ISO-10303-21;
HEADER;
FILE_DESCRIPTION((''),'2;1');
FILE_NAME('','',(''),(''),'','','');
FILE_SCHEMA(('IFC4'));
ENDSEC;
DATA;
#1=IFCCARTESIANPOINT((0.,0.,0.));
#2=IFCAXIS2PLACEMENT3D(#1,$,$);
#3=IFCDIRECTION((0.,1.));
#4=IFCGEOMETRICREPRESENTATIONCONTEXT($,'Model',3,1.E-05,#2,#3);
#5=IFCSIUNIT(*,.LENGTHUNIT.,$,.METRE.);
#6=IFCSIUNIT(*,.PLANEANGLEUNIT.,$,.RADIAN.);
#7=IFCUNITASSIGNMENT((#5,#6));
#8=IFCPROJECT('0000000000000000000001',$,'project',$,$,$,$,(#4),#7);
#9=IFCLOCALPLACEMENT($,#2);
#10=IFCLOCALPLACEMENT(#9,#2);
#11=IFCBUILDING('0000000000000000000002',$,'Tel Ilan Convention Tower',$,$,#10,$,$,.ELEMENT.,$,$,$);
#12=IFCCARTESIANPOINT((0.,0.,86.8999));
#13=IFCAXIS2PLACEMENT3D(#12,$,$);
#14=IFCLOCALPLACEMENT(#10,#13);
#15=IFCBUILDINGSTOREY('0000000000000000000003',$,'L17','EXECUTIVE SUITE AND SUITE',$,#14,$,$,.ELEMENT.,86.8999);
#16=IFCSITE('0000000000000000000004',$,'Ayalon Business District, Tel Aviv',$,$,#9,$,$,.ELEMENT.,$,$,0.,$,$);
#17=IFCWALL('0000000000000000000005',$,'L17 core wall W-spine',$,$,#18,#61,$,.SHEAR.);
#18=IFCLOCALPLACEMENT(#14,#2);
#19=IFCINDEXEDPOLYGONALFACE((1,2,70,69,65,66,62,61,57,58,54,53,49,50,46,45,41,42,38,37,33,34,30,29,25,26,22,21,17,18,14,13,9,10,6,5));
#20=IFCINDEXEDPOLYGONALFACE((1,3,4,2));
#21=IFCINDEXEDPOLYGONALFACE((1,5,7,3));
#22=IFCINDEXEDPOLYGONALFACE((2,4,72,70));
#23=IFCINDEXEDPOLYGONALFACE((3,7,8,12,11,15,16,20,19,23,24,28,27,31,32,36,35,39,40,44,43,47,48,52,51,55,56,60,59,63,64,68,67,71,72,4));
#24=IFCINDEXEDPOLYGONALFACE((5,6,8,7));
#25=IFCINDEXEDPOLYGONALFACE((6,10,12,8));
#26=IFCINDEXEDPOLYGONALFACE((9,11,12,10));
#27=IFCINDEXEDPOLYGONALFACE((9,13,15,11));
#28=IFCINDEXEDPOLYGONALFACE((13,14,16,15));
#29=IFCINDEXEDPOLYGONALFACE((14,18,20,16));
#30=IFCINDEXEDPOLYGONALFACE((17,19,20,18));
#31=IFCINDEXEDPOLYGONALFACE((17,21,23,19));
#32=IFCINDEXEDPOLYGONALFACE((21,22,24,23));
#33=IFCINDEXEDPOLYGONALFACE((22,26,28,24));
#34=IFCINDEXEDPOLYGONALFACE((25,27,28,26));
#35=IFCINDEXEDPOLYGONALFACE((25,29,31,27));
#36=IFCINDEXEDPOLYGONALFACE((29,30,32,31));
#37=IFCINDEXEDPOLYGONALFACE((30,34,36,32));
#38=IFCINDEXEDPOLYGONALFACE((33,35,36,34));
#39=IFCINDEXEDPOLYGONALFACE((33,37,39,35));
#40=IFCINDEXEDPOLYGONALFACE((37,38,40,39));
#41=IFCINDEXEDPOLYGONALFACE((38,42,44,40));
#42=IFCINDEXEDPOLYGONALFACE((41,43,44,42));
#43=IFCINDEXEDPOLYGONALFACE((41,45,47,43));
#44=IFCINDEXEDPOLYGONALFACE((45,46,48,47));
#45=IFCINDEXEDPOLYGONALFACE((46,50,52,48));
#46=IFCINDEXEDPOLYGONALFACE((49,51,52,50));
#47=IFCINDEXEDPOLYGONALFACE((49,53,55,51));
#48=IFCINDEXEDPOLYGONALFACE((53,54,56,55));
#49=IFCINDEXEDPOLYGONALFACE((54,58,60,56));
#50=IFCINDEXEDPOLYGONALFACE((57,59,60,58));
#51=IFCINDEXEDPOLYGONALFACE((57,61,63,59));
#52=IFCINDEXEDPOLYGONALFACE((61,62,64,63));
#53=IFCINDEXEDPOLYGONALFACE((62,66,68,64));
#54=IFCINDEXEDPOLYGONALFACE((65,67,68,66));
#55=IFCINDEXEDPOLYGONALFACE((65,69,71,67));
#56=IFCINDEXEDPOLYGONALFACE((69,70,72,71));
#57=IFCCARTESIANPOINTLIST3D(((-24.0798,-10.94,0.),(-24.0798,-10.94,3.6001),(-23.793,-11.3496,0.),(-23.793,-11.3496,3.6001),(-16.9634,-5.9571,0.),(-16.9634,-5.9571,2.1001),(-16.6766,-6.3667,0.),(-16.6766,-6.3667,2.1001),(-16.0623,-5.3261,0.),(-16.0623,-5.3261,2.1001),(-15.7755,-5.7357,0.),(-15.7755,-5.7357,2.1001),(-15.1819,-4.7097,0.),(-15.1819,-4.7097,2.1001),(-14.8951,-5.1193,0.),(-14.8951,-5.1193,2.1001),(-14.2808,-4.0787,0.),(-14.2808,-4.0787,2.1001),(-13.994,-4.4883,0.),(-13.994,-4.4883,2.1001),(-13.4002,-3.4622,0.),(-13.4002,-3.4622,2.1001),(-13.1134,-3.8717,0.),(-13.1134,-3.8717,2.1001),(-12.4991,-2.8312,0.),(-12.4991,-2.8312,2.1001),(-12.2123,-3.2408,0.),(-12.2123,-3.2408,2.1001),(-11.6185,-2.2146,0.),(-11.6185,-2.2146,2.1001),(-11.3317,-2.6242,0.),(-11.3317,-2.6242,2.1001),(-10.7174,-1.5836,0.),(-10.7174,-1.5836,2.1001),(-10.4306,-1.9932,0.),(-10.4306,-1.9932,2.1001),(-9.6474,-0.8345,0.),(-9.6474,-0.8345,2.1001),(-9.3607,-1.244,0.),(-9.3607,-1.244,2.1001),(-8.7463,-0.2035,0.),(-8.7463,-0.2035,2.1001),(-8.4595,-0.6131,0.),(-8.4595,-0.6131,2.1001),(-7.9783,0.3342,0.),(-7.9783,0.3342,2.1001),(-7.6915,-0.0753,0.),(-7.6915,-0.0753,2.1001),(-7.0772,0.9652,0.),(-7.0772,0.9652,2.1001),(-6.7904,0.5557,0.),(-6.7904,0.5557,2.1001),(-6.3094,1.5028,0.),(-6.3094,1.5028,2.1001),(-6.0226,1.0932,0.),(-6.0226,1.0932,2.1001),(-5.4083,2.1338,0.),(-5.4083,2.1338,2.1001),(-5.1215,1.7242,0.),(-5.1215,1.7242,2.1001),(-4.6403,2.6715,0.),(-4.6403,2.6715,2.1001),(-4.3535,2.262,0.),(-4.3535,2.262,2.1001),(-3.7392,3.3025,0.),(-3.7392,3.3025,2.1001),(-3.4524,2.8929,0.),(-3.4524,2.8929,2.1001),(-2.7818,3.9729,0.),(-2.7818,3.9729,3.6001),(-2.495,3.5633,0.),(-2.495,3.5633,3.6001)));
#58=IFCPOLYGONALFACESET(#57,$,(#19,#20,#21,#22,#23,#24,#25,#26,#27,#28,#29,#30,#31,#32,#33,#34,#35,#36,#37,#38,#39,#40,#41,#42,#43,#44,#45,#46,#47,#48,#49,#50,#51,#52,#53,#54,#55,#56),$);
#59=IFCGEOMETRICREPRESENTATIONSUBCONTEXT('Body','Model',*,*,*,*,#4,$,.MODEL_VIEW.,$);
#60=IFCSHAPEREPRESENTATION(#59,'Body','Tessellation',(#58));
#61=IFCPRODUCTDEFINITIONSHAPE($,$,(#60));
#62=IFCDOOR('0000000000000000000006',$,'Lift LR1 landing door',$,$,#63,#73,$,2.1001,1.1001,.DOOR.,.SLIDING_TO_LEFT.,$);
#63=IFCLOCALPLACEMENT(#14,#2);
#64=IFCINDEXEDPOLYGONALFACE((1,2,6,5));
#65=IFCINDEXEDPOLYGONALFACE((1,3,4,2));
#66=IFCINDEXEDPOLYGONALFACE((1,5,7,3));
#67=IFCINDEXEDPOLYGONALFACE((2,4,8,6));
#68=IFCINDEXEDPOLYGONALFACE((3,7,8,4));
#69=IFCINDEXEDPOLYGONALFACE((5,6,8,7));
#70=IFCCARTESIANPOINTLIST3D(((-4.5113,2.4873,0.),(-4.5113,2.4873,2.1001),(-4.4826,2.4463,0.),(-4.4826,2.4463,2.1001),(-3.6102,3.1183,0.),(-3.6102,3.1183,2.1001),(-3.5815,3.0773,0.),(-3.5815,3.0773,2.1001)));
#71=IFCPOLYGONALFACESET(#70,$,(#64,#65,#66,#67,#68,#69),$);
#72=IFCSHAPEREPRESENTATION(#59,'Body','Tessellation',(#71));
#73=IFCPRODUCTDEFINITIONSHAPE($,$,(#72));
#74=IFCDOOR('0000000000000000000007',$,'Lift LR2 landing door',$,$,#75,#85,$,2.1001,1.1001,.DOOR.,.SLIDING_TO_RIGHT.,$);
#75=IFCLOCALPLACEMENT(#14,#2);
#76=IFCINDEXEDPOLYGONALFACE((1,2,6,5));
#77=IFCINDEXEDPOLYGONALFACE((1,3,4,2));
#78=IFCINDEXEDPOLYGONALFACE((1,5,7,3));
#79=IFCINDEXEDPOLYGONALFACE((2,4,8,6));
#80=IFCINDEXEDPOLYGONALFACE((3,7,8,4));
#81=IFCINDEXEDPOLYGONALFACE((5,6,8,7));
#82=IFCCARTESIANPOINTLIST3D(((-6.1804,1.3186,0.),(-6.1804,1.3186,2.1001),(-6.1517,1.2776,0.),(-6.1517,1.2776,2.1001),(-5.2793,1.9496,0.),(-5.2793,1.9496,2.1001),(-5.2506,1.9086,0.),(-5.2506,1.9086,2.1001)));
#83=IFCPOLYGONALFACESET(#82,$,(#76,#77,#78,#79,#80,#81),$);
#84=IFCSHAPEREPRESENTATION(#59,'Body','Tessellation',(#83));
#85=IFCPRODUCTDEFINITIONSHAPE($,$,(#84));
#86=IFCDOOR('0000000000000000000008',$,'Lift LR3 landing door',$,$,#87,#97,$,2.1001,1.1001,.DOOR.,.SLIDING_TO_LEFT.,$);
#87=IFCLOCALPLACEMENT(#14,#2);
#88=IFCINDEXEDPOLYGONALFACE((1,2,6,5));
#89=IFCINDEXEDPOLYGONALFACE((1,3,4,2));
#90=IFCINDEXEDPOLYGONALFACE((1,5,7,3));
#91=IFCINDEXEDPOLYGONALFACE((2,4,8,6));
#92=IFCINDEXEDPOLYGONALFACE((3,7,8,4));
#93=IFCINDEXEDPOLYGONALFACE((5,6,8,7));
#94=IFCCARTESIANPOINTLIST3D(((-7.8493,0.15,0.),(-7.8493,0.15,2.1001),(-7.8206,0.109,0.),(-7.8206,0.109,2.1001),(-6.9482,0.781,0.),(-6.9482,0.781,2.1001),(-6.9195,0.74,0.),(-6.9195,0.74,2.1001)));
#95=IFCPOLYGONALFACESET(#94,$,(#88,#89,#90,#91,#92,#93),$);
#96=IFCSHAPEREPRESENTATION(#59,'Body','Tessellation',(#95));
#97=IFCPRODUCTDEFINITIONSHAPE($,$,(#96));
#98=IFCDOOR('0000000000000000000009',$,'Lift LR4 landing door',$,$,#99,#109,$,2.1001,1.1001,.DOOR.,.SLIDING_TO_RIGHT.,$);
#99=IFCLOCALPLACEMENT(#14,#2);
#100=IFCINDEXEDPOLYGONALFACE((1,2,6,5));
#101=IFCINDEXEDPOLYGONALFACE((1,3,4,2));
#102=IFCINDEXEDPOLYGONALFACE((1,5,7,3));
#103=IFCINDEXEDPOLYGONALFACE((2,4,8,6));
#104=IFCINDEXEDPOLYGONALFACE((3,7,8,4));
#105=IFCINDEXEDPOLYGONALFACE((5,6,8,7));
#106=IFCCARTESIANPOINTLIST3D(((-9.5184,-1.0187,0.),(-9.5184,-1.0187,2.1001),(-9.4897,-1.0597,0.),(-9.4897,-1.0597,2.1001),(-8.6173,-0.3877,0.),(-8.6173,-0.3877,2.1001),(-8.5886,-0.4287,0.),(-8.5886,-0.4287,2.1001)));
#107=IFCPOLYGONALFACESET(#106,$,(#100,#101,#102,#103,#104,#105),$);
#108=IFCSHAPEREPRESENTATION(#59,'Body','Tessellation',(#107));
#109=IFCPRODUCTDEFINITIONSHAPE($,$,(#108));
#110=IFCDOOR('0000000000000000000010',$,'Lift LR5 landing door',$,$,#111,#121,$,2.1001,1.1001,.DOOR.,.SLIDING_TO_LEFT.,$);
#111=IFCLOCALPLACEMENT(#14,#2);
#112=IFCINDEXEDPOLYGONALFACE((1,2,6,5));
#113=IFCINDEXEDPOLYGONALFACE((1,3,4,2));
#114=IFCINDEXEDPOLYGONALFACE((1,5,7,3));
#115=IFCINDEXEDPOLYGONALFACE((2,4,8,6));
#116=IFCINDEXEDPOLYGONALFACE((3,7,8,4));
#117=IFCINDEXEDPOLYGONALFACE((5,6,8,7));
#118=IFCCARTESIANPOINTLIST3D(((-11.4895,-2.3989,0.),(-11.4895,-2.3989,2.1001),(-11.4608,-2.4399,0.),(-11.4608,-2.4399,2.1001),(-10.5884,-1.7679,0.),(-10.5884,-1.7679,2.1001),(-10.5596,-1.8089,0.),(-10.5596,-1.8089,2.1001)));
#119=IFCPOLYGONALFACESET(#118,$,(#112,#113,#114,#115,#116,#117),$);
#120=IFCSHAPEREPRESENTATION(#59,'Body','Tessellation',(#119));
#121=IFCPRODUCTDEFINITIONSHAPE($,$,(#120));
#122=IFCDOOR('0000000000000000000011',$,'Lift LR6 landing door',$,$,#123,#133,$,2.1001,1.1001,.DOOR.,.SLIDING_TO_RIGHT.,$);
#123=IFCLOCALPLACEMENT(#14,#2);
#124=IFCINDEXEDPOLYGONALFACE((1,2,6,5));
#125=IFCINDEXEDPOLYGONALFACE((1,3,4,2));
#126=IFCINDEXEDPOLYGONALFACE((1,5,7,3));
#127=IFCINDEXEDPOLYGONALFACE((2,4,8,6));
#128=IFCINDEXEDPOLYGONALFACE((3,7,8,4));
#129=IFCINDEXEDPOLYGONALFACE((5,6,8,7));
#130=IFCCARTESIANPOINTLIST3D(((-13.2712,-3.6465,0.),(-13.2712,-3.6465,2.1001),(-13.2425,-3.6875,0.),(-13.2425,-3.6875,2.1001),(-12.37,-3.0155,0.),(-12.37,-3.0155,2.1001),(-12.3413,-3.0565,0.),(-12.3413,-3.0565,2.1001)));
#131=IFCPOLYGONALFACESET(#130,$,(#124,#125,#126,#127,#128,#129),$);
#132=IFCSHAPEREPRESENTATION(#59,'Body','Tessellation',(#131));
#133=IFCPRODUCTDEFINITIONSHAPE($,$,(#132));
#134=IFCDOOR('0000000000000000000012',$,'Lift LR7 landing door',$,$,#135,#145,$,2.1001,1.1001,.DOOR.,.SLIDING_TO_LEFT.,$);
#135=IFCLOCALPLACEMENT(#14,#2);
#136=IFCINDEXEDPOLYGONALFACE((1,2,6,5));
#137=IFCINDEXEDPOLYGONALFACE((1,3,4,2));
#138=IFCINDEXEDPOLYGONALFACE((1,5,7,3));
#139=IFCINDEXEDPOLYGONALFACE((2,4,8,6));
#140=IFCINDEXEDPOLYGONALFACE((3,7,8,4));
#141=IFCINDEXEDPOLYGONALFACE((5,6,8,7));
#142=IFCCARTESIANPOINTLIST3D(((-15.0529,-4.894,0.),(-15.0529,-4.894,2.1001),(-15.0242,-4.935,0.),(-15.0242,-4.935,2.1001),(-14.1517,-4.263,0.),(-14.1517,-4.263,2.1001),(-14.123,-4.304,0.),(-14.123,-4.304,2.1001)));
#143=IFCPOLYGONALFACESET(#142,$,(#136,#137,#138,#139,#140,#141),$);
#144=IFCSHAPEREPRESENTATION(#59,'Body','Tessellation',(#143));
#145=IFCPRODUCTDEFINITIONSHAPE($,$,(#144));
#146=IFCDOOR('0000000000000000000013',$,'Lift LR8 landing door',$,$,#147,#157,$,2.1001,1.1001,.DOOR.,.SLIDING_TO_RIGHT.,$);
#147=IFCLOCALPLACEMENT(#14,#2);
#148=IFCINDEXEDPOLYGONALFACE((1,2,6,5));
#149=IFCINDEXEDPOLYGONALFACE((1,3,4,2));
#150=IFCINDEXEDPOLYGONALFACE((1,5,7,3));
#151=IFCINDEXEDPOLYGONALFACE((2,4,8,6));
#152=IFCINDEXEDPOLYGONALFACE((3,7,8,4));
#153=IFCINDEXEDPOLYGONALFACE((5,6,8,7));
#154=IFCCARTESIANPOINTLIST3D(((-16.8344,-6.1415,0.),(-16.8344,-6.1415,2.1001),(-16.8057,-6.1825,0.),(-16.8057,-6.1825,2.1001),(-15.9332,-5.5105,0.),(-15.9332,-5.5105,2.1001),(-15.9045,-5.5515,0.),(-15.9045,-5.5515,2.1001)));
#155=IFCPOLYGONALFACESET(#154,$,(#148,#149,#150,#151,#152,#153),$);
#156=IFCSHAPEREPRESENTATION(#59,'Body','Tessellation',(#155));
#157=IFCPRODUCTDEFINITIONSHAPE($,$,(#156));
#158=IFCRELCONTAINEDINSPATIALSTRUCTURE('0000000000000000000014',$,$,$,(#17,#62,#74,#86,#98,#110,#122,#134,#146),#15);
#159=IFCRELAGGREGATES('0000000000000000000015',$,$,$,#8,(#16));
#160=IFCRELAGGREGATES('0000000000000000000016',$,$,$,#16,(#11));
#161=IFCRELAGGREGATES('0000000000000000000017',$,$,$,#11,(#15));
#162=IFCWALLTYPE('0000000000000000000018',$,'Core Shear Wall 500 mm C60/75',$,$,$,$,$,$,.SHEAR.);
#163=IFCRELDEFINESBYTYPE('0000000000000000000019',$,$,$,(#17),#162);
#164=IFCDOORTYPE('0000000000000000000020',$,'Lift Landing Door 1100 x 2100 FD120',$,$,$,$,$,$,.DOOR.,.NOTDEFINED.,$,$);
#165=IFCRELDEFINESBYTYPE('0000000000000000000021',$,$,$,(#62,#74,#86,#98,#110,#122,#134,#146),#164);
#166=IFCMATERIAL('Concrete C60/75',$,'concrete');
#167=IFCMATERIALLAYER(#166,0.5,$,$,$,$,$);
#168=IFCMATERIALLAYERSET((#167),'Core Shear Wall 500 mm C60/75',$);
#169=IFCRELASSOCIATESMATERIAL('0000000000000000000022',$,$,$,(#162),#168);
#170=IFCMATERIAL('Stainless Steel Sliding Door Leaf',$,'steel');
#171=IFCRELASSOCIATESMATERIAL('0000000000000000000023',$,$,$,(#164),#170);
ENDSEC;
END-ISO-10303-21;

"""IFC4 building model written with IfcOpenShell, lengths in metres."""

from ifc_helpers import new_model, si_unit, direction, frame, frame_2d, origin, place, context, subcontext, project, spatial, polyline, rectangle, outline, extrude, material, layer, layer_set, type_object, element, fill, save


model = new_model("IFC4")

# Units and contexts
model_context = context("Model", 3, precision=1e-05, world=origin(), true_north=direction((0.0, 1.0)))
body_context = subcontext(model_context, "Body", "Model", "MODEL_VIEW")
ifc_project = project(units=[si_unit("LENGTHUNIT", "METRE"), si_unit("PLANEANGLEUNIT", "RADIAN")], contexts=[model_context])

# Site, building, storey
site_placement = place(None, origin())
site = spatial("IfcSite", under=ifc_project, at=site_placement, Name="Ayalon Business District, Tel Aviv", CompositionType="ELEMENT", RefElevation=0.0)
building_placement = place(site_placement, origin())
building = spatial("IfcBuilding", under=site, at=building_placement, Name="Tel Ilan Convention Tower", CompositionType="ELEMENT")
storey_placement = place(building_placement, frame((0.0, 0.0, 86.8999)))
storey = spatial("IfcBuildingStorey", under=building, at=storey_placement, Name="L17", Description="EXECUTIVE SUITE AND SUITE", CompositionType="ELEMENT", Elevation=86.8999)

# Wall, openings, doors
ifc_material_1 = material(Name="Concrete C60/75", Category="concrete")
ifc_layer_1 = layer(ifc_material_1, 0.5)
ifc_layer_set_1 = layer_set([ifc_layer_1], Name="Core Shear Wall 500 mm C60/75")
wall_type_1 = type_object("IfcWallType", Name="Core Shear Wall 500 mm C60/75", PredefinedType="SHEAR", material=ifc_layer_set_1)
wall_1_placement = place(storey_placement, frame((-2.6384, 3.7681, 0.0), z_axis=(0.0, 0.0, 1.0), x_axis=(-0.819149, -0.573581, 0.0)))
wall_1 = element("IfcWall", 1, at=wall_1_placement, inside=storey, type_object=wall_type_1, Name="L17 core wall W-spine", PredefinedType="SHEAR", context=body_context, shape_type="SweptSolid", body=[
    extrude(outline(polyline([(26.0, 0.2498), (0.0, 0.25), (0.0, -0.25), (26.0, -0.2502), (26.0, 0.2498)])), origin(), (0.0, 0.0, 1.0), 3.6001),
])
opening_1_placement = place(wall_1_placement, frame((1.1687, 0.0, 0.0)))
opening_1 = element("IfcOpeningElement", 2, at=opening_1_placement, cuts=wall_1, PredefinedType="OPENING", context=body_context, shape_type="SweptSolid", body=[
    extrude(rectangle(XDim=1.1001, YDim=2.1001, at=frame_2d((0.55, 1.05))), frame((0.0, 0.26, 0.0), z_axis=(0.0, -1.0, 0.0), x_axis=(1.0, 0.0, 0.0)), (0.0, 0.0, 1.0), 0.52),
])
opening_2_placement = place(wall_1_placement, frame((3.2063, 0.0, 0.0)))
opening_2 = element("IfcOpeningElement", 3, at=opening_2_placement, cuts=wall_1, PredefinedType="OPENING", context=body_context, shape_type="SweptSolid", body=[
    extrude(rectangle(XDim=1.1001, YDim=2.1001, at=frame_2d((0.55, 1.05))), frame((0.0, 0.26, 0.0), z_axis=(0.0, -1.0, 0.0), x_axis=(1.0, 0.0, 0.0)), (0.0, 0.0, 1.0), 0.52),
])
opening_3_placement = place(wall_1_placement, frame((5.2437, 0.0, 0.0)))
opening_3 = element("IfcOpeningElement", 4, at=opening_3_placement, cuts=wall_1, PredefinedType="OPENING", context=body_context, shape_type="SweptSolid", body=[
    extrude(rectangle(XDim=1.1001, YDim=2.1001, at=frame_2d((0.55, 1.05))), frame((0.0, 0.26, 0.0), z_axis=(0.0, -1.0, 0.0), x_axis=(1.0, 0.0, 0.0)), (0.0, 0.0, 1.0), 0.52),
])
opening_4_placement = place(wall_1_placement, frame((7.2812, 0.0, 0.0)))
opening_4 = element("IfcOpeningElement", 5, at=opening_4_placement, cuts=wall_1, PredefinedType="OPENING", context=body_context, shape_type="SweptSolid", body=[
    extrude(rectangle(XDim=1.1001, YDim=2.1001, at=frame_2d((0.55, 1.05))), frame((0.0, 0.26, 0.0), z_axis=(0.0, -1.0, 0.0), x_axis=(1.0, 0.0, 0.0)), (0.0, 0.0, 1.0), 0.52),
])
opening_5_placement = place(wall_1_placement, frame((9.6875, 0.0, 0.0)))
opening_5 = element("IfcOpeningElement", 6, at=opening_5_placement, cuts=wall_1, PredefinedType="OPENING", context=body_context, shape_type="SweptSolid", body=[
    extrude(rectangle(XDim=1.1001, YDim=2.1001, at=frame_2d((0.55, 1.05))), frame((0.0, 0.26, 0.0), z_axis=(0.0, -1.0, 0.0), x_axis=(1.0, 0.0, 0.0)), (0.0, 0.0, 1.0), 0.52),
])
opening_6_placement = place(wall_1_placement, frame((11.8625, 0.0, 0.0)))
opening_6 = element("IfcOpeningElement", 7, at=opening_6_placement, cuts=wall_1, PredefinedType="OPENING", context=body_context, shape_type="SweptSolid", body=[
    extrude(rectangle(XDim=1.1001, YDim=2.1001, at=frame_2d((0.55, 1.05))), frame((0.0, 0.26, 0.0), z_axis=(0.0, -1.0, 0.0), x_axis=(1.0, 0.0, 0.0)), (0.0, 0.0, 1.0), 0.52),
])
opening_7_placement = place(wall_1_placement, frame((14.0376, 0.0, 0.0)))
opening_7 = element("IfcOpeningElement", 8, at=opening_7_placement, cuts=wall_1, PredefinedType="OPENING", context=body_context, shape_type="SweptSolid", body=[
    extrude(rectangle(XDim=1.1001, YDim=2.1001, at=frame_2d((0.55, 1.05))), frame((0.0, 0.26, 0.0), z_axis=(0.0, -1.0, 0.0), x_axis=(1.0, 0.0, 0.0)), (0.0, 0.0, 1.0), 0.52),
])
opening_8_placement = place(wall_1_placement, frame((16.2124, 0.0, 0.0)))
opening_8 = element("IfcOpeningElement", 9, at=opening_8_placement, cuts=wall_1, PredefinedType="OPENING", context=body_context, shape_type="SweptSolid", body=[
    extrude(rectangle(XDim=1.1001, YDim=2.1001, at=frame_2d((0.55, 1.05))), frame((0.0, 0.26, 0.0), z_axis=(0.0, -1.0, 0.0), x_axis=(1.0, 0.0, 0.0)), (0.0, 0.0, 1.0), 0.52),
])
ifc_material_2 = material(Name="Stainless Steel Sliding Door Leaf", Category="steel")
door_type_1 = type_object("IfcDoorType", Name="Lift Landing Door 1100 x 2100 FD120", OperationType="NOTDEFINED", PredefinedType="DOOR", material=ifc_material_2)
door_1_placement = place(opening_1_placement, origin())
door_1 = element("IfcDoor", 10, at=door_1_placement, inside=storey, type_object=door_type_1, Name="Lift LR1 landing door", OperationType="SLIDING_TO_LEFT", OverallHeight=2.1001, OverallWidth=1.1001, PredefinedType="DOOR", context=body_context, shape_type="SweptSolid", body=[
    extrude(rectangle(XDim=1.1001, YDim=2.1001, at=frame_2d((0.55, 1.05))), frame((0.0, 0.0249, 0.0), z_axis=(0.0, -1.0, 0.0), x_axis=(1.0, 0.0, 0.0)), (0.0, 0.0, 1.0), 0.05),
])
fill(opening_1, door_1)
door_2_placement = place(opening_2_placement, origin())
door_2 = element("IfcDoor", 11, at=door_2_placement, inside=storey, type_object=door_type_1, Name="Lift LR2 landing door", OperationType="SLIDING_TO_RIGHT", OverallHeight=2.1001, OverallWidth=1.1001, PredefinedType="DOOR", context=body_context, shape_type="SweptSolid", body=[
    extrude(rectangle(XDim=1.1001, YDim=2.1001, at=frame_2d((0.55, 1.05))), frame((0.0, 0.0249, 0.0), z_axis=(0.0, -1.0, 0.0), x_axis=(1.0, 0.0, 0.0)), (0.0, 0.0, 1.0), 0.05),
])
fill(opening_2, door_2)
door_3_placement = place(opening_3_placement, origin())
door_3 = element("IfcDoor", 12, at=door_3_placement, inside=storey, type_object=door_type_1, Name="Lift LR3 landing door", OperationType="SLIDING_TO_LEFT", OverallHeight=2.1001, OverallWidth=1.1001, PredefinedType="DOOR", context=body_context, shape_type="SweptSolid", body=[
    extrude(rectangle(XDim=1.1001, YDim=2.1001, at=frame_2d((0.55, 1.05))), frame((0.0, 0.0249, 0.0), z_axis=(0.0, -1.0, 0.0), x_axis=(1.0, 0.0, 0.0)), (0.0, 0.0, 1.0), 0.05),
])
fill(opening_3, door_3)
door_4_placement = place(opening_4_placement, origin())
door_4 = element("IfcDoor", 13, at=door_4_placement, inside=storey, type_object=door_type_1, Name="Lift LR4 landing door", OperationType="SLIDING_TO_RIGHT", OverallHeight=2.1001, OverallWidth=1.1001, PredefinedType="DOOR", context=body_context, shape_type="SweptSolid", body=[
    extrude(rectangle(XDim=1.1001, YDim=2.1001, at=frame_2d((0.55, 1.05))), frame((0.0, 0.0249, 0.0), z_axis=(0.0, -1.0, 0.0), x_axis=(1.0, 0.0, 0.0)), (0.0, 0.0, 1.0), 0.05),
])
fill(opening_4, door_4)
door_5_placement = place(opening_5_placement, origin())
door_5 = element("IfcDoor", 14, at=door_5_placement, inside=storey, type_object=door_type_1, Name="Lift LR5 landing door", OperationType="SLIDING_TO_LEFT", OverallHeight=2.1001, OverallWidth=1.1001, PredefinedType="DOOR", context=body_context, shape_type="SweptSolid", body=[
    extrude(rectangle(XDim=1.1001, YDim=2.1001, at=frame_2d((0.55, 1.05))), frame((0.0, 0.0249, 0.0), z_axis=(0.0, -1.0, 0.0), x_axis=(1.0, 0.0, 0.0)), (0.0, 0.0, 1.0), 0.05),
])
fill(opening_5, door_5)
door_6_placement = place(opening_6_placement, origin())
door_6 = element("IfcDoor", 15, at=door_6_placement, inside=storey, type_object=door_type_1, Name="Lift LR6 landing door", OperationType="SLIDING_TO_RIGHT", OverallHeight=2.1001, OverallWidth=1.1001, PredefinedType="DOOR", context=body_context, shape_type="SweptSolid", body=[
    extrude(rectangle(XDim=1.1001, YDim=2.1001, at=frame_2d((0.55, 1.05))), frame((0.0, 0.0249, 0.0), z_axis=(0.0, -1.0, 0.0), x_axis=(1.0, 0.0, 0.0)), (0.0, 0.0, 1.0), 0.05),
])
fill(opening_6, door_6)
door_7_placement = place(opening_7_placement, origin())
door_7 = element("IfcDoor", 16, at=door_7_placement, inside=storey, type_object=door_type_1, Name="Lift LR7 landing door", OperationType="SLIDING_TO_LEFT", OverallHeight=2.1001, OverallWidth=1.1001, PredefinedType="DOOR", context=body_context, shape_type="SweptSolid", body=[
    extrude(rectangle(XDim=1.1001, YDim=2.1001, at=frame_2d((0.55, 1.05))), frame((0.0, 0.0249, 0.0), z_axis=(0.0, -1.0, 0.0), x_axis=(1.0, 0.0, 0.0)), (0.0, 0.0, 1.0), 0.05),
])
fill(opening_7, door_7)
door_8_placement = place(opening_8_placement, origin())
door_8 = element("IfcDoor", 17, at=door_8_placement, inside=storey, type_object=door_type_1, Name="Lift LR8 landing door", OperationType="SLIDING_TO_RIGHT", OverallHeight=2.1001, OverallWidth=1.1001, PredefinedType="DOOR", context=body_context, shape_type="SweptSolid", body=[
    extrude(rectangle(XDim=1.1001, YDim=2.1001, at=frame_2d((0.55, 1.05))), frame((0.0, 0.0249, 0.0), z_axis=(0.0, -1.0, 0.0), x_axis=(1.0, 0.0, 0.0)), (0.0, 0.0, 1.0), 0.05),
])
fill(opening_8, door_8)

save(model, "model.ifc")
